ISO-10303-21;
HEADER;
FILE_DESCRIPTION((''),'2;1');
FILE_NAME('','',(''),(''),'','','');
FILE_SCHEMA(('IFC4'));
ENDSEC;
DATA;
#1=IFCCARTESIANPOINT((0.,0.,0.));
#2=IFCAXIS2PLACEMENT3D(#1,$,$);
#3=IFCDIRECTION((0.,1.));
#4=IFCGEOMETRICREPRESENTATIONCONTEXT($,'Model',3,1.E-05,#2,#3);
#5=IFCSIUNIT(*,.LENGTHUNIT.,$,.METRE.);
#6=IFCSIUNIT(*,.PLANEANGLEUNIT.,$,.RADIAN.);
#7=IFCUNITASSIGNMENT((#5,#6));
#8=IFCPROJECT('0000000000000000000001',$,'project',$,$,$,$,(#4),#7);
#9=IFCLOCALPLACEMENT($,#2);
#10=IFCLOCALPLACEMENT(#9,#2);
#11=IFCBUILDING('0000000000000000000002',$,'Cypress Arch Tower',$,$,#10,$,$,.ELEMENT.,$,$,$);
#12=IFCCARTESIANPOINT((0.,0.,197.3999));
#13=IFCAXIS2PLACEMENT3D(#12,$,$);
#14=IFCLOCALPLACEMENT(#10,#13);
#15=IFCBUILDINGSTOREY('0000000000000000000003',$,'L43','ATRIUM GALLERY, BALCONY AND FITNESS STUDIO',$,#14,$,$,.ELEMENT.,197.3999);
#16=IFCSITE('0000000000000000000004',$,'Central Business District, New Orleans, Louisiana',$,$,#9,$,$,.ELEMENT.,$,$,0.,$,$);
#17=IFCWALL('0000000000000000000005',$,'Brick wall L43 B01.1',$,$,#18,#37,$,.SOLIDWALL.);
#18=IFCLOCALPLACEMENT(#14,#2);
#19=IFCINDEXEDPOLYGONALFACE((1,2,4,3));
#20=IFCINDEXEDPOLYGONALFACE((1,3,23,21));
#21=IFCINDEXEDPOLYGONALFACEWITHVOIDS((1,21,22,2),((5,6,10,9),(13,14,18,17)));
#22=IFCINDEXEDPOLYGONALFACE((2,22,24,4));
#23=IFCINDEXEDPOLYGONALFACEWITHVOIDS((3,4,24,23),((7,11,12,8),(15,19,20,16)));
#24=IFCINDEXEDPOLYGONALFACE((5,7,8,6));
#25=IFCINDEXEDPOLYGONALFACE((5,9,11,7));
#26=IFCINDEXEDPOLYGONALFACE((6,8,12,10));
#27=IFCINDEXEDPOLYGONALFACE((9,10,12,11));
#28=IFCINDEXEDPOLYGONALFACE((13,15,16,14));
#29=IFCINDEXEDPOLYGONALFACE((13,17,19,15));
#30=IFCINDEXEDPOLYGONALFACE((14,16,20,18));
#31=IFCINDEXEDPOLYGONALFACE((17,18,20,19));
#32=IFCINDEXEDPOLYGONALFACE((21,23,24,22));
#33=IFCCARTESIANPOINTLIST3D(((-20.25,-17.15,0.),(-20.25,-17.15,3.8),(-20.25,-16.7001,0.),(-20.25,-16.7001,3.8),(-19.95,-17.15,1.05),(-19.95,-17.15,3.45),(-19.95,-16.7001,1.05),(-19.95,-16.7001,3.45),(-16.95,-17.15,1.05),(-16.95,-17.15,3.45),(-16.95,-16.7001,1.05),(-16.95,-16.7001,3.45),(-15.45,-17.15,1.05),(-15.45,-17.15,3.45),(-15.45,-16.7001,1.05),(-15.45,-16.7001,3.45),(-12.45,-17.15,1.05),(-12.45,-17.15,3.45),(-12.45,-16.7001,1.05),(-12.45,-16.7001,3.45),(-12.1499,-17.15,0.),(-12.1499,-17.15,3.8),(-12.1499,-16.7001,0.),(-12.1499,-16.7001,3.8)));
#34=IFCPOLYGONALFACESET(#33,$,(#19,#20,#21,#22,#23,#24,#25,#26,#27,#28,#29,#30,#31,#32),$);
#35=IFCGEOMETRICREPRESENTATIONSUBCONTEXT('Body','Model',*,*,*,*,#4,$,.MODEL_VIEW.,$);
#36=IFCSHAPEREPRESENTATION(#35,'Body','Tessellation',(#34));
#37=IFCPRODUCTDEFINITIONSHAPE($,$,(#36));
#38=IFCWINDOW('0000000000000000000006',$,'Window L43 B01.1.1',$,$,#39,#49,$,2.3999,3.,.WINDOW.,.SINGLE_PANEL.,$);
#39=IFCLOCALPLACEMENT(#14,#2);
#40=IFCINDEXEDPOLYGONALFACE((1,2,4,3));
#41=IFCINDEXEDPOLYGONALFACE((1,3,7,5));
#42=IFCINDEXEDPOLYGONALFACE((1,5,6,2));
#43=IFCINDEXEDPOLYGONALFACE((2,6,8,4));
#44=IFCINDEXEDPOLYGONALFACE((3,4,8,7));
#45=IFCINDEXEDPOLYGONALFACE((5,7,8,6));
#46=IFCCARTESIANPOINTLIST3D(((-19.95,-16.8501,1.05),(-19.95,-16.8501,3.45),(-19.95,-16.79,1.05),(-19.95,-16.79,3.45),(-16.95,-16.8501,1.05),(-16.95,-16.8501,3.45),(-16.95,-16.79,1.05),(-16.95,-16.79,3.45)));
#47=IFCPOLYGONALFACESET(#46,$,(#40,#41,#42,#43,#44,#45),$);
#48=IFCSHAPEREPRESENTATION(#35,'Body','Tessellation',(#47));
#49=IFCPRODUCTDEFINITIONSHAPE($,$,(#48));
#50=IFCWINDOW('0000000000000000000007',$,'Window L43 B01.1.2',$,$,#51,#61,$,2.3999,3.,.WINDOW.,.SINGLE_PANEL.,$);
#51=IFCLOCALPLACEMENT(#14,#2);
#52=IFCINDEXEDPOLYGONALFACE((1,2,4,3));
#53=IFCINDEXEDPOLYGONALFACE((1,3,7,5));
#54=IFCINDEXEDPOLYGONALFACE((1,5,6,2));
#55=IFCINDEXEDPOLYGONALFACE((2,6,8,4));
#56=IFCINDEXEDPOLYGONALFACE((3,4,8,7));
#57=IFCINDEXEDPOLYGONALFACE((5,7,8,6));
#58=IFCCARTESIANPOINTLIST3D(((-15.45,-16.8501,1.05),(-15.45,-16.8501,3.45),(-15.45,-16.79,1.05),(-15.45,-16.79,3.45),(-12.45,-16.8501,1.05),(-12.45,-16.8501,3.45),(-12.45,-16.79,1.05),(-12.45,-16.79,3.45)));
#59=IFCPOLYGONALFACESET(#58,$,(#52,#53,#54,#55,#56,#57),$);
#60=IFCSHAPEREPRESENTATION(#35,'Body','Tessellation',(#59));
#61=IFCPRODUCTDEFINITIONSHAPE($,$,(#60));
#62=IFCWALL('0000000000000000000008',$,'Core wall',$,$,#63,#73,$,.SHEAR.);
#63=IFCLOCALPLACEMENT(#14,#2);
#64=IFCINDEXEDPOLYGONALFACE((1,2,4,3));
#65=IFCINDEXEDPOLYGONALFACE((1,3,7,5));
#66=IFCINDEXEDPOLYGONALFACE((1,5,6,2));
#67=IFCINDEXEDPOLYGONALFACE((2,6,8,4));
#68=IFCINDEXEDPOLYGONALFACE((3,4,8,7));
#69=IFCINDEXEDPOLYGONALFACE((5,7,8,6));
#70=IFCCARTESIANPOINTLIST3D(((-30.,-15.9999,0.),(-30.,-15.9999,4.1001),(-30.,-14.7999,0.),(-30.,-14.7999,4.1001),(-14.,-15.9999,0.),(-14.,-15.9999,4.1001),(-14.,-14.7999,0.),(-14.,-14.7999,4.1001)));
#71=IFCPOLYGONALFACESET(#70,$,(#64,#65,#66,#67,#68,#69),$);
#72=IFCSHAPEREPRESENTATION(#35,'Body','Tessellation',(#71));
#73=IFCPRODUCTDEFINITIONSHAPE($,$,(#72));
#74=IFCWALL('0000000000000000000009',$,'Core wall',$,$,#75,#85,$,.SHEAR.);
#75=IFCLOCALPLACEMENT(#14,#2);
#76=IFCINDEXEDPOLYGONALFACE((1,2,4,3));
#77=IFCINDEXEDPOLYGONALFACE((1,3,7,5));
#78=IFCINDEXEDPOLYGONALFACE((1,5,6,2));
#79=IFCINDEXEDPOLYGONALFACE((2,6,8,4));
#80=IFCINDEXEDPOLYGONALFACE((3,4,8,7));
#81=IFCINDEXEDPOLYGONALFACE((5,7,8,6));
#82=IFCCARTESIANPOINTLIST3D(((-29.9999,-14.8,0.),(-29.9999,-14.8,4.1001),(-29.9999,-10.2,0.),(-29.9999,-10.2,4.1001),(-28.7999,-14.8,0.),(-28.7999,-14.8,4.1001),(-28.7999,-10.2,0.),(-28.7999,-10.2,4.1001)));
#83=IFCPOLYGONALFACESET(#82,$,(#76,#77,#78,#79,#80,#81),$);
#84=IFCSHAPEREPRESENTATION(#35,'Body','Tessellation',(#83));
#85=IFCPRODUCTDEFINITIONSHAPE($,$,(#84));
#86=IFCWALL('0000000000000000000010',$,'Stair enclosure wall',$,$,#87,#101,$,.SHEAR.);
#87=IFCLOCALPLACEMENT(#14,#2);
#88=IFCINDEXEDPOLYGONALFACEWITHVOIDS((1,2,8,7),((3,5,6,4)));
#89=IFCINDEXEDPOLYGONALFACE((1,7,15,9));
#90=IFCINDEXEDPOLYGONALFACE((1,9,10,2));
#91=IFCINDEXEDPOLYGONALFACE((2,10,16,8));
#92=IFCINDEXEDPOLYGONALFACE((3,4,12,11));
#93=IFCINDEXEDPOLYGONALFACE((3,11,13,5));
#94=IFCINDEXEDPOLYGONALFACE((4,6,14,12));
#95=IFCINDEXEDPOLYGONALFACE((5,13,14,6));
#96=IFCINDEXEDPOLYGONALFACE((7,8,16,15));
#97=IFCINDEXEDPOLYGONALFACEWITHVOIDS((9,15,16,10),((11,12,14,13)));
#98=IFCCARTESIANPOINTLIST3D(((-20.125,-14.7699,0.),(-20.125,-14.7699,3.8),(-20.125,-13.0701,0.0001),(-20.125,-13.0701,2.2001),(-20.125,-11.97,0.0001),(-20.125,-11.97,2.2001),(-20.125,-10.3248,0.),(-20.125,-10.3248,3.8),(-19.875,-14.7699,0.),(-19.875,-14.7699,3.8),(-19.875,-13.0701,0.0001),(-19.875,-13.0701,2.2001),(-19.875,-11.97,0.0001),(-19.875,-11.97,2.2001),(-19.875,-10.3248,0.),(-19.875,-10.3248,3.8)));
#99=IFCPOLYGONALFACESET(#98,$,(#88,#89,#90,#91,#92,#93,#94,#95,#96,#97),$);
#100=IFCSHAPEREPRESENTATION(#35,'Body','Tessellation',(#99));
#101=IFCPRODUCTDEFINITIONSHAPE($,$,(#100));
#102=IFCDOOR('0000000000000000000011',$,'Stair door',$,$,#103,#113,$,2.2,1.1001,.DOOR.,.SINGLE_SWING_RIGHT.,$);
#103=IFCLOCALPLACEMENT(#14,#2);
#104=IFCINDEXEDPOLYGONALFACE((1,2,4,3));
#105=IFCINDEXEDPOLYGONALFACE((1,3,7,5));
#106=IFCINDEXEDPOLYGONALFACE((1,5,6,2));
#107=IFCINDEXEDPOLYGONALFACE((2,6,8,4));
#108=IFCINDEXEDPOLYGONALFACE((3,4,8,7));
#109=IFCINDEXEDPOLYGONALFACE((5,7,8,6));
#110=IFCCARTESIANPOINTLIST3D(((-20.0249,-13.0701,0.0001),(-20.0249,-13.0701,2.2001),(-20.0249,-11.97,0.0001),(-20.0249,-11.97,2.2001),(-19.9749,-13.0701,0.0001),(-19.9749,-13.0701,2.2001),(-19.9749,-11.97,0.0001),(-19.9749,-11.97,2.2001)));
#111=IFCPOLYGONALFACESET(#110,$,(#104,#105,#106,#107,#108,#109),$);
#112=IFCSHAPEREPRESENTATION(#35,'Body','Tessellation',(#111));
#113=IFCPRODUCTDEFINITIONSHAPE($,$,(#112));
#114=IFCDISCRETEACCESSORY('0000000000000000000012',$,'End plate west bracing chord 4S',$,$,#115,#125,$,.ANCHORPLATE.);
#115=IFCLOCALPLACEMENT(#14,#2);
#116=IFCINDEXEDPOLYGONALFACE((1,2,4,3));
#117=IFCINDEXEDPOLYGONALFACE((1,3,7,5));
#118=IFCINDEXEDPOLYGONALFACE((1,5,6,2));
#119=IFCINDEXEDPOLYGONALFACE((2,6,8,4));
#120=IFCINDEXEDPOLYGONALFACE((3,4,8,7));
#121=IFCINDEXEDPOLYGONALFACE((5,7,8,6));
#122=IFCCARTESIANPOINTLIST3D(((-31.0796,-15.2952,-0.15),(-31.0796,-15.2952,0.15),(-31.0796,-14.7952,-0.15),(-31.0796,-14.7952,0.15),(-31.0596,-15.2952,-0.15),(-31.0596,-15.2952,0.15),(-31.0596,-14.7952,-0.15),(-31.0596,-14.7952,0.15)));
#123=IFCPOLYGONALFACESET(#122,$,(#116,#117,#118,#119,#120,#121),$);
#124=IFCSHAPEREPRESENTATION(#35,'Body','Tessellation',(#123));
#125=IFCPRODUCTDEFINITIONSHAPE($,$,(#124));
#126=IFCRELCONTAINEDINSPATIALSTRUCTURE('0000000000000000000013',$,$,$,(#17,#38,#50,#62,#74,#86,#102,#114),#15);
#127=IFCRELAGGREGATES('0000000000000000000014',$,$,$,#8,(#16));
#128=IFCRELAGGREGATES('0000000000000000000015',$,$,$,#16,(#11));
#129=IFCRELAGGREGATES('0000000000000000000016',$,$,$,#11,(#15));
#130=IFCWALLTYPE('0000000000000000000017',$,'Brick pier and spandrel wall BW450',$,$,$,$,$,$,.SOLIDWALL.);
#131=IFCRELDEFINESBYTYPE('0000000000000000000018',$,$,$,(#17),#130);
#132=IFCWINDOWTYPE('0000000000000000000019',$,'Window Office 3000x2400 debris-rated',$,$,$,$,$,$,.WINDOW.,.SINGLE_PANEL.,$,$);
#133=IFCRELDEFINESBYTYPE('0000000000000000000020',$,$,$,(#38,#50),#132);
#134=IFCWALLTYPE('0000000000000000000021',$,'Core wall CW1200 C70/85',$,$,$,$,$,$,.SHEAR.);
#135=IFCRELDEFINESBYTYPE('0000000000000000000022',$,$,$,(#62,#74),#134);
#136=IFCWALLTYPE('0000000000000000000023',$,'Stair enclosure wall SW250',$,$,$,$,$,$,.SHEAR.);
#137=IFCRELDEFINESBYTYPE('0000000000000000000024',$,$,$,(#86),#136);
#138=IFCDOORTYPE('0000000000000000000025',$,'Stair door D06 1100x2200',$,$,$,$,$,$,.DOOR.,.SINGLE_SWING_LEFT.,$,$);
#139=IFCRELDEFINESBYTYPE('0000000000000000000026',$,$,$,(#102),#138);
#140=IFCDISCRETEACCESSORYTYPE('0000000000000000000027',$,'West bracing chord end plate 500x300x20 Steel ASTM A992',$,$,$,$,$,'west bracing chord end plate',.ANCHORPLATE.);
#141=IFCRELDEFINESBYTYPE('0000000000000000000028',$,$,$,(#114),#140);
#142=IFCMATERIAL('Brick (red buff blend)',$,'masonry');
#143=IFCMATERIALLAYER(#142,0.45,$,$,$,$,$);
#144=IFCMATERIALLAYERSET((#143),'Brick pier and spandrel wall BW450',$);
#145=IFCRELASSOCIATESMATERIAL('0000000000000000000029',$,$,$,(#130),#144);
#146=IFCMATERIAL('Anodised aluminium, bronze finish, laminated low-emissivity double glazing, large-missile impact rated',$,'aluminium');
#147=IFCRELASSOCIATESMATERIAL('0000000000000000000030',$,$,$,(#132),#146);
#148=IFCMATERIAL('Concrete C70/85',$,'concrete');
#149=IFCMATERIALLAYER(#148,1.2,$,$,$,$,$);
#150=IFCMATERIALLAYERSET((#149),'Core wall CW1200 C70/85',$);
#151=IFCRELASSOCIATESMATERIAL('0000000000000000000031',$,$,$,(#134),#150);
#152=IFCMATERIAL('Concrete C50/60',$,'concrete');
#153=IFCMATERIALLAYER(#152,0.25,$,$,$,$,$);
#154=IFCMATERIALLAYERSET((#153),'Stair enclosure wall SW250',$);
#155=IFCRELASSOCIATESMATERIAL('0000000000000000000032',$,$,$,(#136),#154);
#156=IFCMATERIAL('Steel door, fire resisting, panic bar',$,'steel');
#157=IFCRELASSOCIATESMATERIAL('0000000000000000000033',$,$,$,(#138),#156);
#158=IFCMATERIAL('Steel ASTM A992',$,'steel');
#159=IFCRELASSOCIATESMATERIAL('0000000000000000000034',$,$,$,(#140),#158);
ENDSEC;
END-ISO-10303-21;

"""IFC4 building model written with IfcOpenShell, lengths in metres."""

from ifc_helpers import new_model, si_unit, direction, frame, frame_2d, origin, origin_2d, place, context, subcontext, project, spatial, rectangle, extrude, material, layer, layer_set, material_profile, profile_set, type_object, element, fill, save


model = new_model("IFC4")

# Units and contexts
model_context = context("Model", 3, precision=1e-05, world=origin(), true_north=direction((0.0, 1.0)))
body_context = subcontext(model_context, "Body", "Model", "MODEL_VIEW")
ifc_project = project(units=[si_unit("LENGTHUNIT", "METRE"), si_unit("PLANEANGLEUNIT", "RADIAN")], contexts=[model_context])

# Site, building, storey
site_placement = place(None, origin())
site = spatial("IfcSite", under=ifc_project, at=site_placement, Name="Central Business District, New Orleans, Louisiana", CompositionType="ELEMENT", RefElevation=0.0)
building_placement = place(site_placement, origin())
building = spatial("IfcBuilding", under=site, at=building_placement, Name="Cypress Arch Tower", CompositionType="ELEMENT")
storey_placement = place(building_placement, frame((0.0, 0.0, 197.3999)))
storey = spatial("IfcBuildingStorey", under=building, at=storey_placement, Name="L43", Description="ATRIUM GALLERY, BALCONY AND FITNESS STUDIO", CompositionType="ELEMENT", Elevation=197.3999)

# Shared definitions
ifc_material_1 = material(Name="Brick (red buff blend)", Category="masonry")
ifc_layer_1 = layer(ifc_material_1, 0.45)
ifc_layer_set_1 = layer_set([ifc_layer_1], Name="Brick pier and spandrel wall BW450")
wall_type_1 = type_object("IfcWallType", Name="Brick pier and spandrel wall BW450", PredefinedType="SOLIDWALL", material=ifc_layer_set_1)
ifc_material_2 = material(Name="Anodised aluminium, bronze finish, laminated low-emissivity double glazing, large-missile impact rated", Category="aluminium")
window_type = type_object("IfcWindowType", Name="Window Office 3000x2400 debris-rated", PartitioningType="SINGLE_PANEL", PredefinedType="WINDOW", material=ifc_material_2)

# Wall, openings, windows
wall_1_placement = place(storey_placement, frame((-20.25, -16.925, 0.0), z_axis=(0.0, 0.0, 1.0), x_axis=(1.0, 0.0, 0.0)))
wall_1 = element("IfcWall", 1, at=wall_1_placement, inside=storey, type_object=wall_type_1, Name="Brick wall L43 B01.1", PredefinedType="SOLIDWALL", context=body_context, shape_type="SweptSolid", body=[
    extrude(rectangle(XDim=8.1001, YDim=0.45, at=frame_2d((4.05, 0.0))), origin(), (0.0, 0.0, 1.0), 3.8),
])
opening_1_placement = place(wall_1_placement, frame((0.3, 0.0, 1.05)))
opening_1 = element("IfcOpeningElement", 2, at=opening_1_placement, cuts=wall_1, PredefinedType="OPENING", context=body_context, shape_type="SweptSolid", body=[
    extrude(rectangle(XDim=3.0, YDim=2.3999, at=frame_2d((1.5, 1.2))), frame((0.0, 0.2349, 0.0), z_axis=(0.0, -1.0, 0.0), x_axis=(1.0, 0.0, 0.0)), (0.0, 0.0, 1.0), 0.47),
])
opening_2_placement = place(wall_1_placement, frame((4.8, 0.0, 1.05)))
opening_2 = element("IfcOpeningElement", 3, at=opening_2_placement, cuts=wall_1, PredefinedType="OPENING", context=body_context, shape_type="SweptSolid", body=[
    extrude(rectangle(XDim=3.0, YDim=2.3999, at=frame_2d((1.5, 1.2))), frame((0.0, 0.2349, 0.0), z_axis=(0.0, -1.0, 0.0), x_axis=(1.0, 0.0, 0.0)), (0.0, 0.0, 1.0), 0.47),
])
window_1_placement = place(opening_1_placement, origin())
window_1 = element("IfcWindow", 4, at=window_1_placement, inside=storey, type_object=window_type, Name="Window L43 B01.1.1", OverallHeight=2.3999, OverallWidth=3.0, PartitioningType="SINGLE_PANEL", PredefinedType="WINDOW", context=body_context, shape_type="SweptSolid", body=[
    extrude(rectangle(XDim=3.0, YDim=2.3999, at=frame_2d((1.5, 1.2))), frame((0.0, 0.135, 0.0), z_axis=(0.0, -1.0, 0.0), x_axis=(1.0, 0.0, 0.0)), (0.0, 0.0, 1.0), 0.0601),
])
fill(opening_1, window_1)
window_2_placement = place(opening_2_placement, origin())
window_2 = element("IfcWindow", 5, at=window_2_placement, inside=storey, type_object=window_type, Name="Window L43 B01.1.2", OverallHeight=2.3999, OverallWidth=3.0, PartitioningType="SINGLE_PANEL", PredefinedType="WINDOW", context=body_context, shape_type="SweptSolid", body=[
    extrude(rectangle(XDim=3.0, YDim=2.3999, at=frame_2d((1.5, 1.2))), frame((0.0, 0.135, 0.0), z_axis=(0.0, -1.0, 0.0), x_axis=(1.0, 0.0, 0.0)), (0.0, 0.0, 1.0), 0.0601),
])
fill(opening_2, window_2)

# Walls
ifc_material_3 = material(Name="Concrete C70/85", Category="concrete")
ifc_layer_2 = layer(ifc_material_3, 1.2)
ifc_layer_set_2 = layer_set([ifc_layer_2], Name="Core wall CW1200 C70/85")
wall_type_2 = type_object("IfcWallType", Name="Core wall CW1200 C70/85", PredefinedType="SHEAR", material=ifc_layer_set_2)
wall_2_placement = place(storey_placement, frame((-30.0, -15.3999, 0.0), z_axis=(0.0, 0.0, 1.0), x_axis=(1.0, 0.0, 0.0)))
element("IfcWall", 6, at=wall_2_placement, inside=storey, type_object=wall_type_2, Name="Core wall", PredefinedType="SHEAR", context=body_context, shape_type="SweptSolid", body=[
    extrude(rectangle(XDim=16.0, YDim=1.2, at=frame_2d((8.0, 0.0))), origin(), (0.0, 0.0, 1.0), 4.1001),
])
wall_3_placement = place(storey_placement, frame((-29.3999, -14.8, 0.0), z_axis=(0.0, 0.0, 1.0), x_axis=(0.0, 1.0, 0.0)))
element("IfcWall", 7, at=wall_3_placement, inside=storey, type_object=wall_type_2, Name="Core wall", PredefinedType="SHEAR", context=body_context, shape_type="SweptSolid", body=[
    extrude(rectangle(XDim=4.6001, YDim=1.2, at=frame_2d((2.3, 0.0))), origin(), (0.0, 0.0, 1.0), 4.1001),
])

# Wall, opening, door
ifc_material_4 = material(Name="Concrete C50/60", Category="concrete")
ifc_layer_3 = layer(ifc_material_4, 0.25)
ifc_layer_set_3 = layer_set([ifc_layer_3], Name="Stair enclosure wall SW250")
wall_type_3 = type_object("IfcWallType", Name="Stair enclosure wall SW250", PredefinedType="SHEAR", material=ifc_layer_set_3)
wall_4_placement = place(storey_placement, frame((-20.0, -14.77, 0.0), z_axis=(0.0, 0.0, 1.0), x_axis=(0.0, 1.0, 0.0)))
wall_4 = element("IfcWall", 8, at=wall_4_placement, inside=storey, type_object=wall_type_3, Name="Stair enclosure wall", PredefinedType="SHEAR", context=body_context, shape_type="SweptSolid", body=[
    extrude(rectangle(XDim=4.4451, YDim=0.25, at=frame_2d((2.2227, 0.0))), origin(), (0.0, 0.0, 1.0), 3.8),
])
opening_3_placement = place(wall_4_placement, frame((1.7, 0.0, 0.0)))
opening_3 = element("IfcOpeningElement", 9, at=opening_3_placement, cuts=wall_4, PredefinedType="OPENING", context=body_context, shape_type="SweptSolid", body=[
    extrude(rectangle(XDim=1.1001, YDim=2.2, at=frame_2d((0.55, 1.1001))), frame((0.0, 0.135, 0.0), z_axis=(0.0, -1.0, 0.0), x_axis=(1.0, 0.0, 0.0)), (0.0, 0.0, 1.0), 0.27),
])
ifc_material_5 = material(Name="Steel door, fire resisting, panic bar", Category="steel")
door_type_1 = type_object("IfcDoorType", Name="Stair door D06 1100x2200", OperationType="SINGLE_SWING_LEFT", PredefinedType="DOOR", material=ifc_material_5)
door_1_placement = place(opening_3_placement, origin())
door_1 = element("IfcDoor", 10, at=door_1_placement, inside=storey, type_object=door_type_1, Name="Stair door", OperationType="SINGLE_SWING_RIGHT", OverallHeight=2.2, OverallWidth=1.1001, PredefinedType="DOOR", context=body_context, shape_type="SweptSolid", body=[
    extrude(rectangle(XDim=1.1001, YDim=2.2, at=frame_2d((0.55, 1.1001))), frame((0.0, 0.0249, 0.0), z_axis=(0.0, -1.0, 0.0), x_axis=(1.0, 0.0, 0.0)), (0.0, 0.0, 1.0), 0.05),
])
fill(opening_3, door_1)

# Discrete accessory
ifc_material_6 = material(Name="Steel ASTM A992", Category="steel")
ifc_material_profile_1 = material_profile(ifc_material_6, rectangle(XDim=0.5, YDim=0.3, at=origin_2d()), Name="PL 20 500x300")
ifc_profile_set_1 = profile_set([ifc_material_profile_1], Name="Steel ASTM A992")
discrete_accessory_type = type_object("IfcDiscreteAccessoryType", Name="West bracing chord end plate 500x300x20 Steel ASTM A992", ElementType="west bracing chord end plate", PredefinedType="ANCHORPLATE", material=ifc_profile_set_1)
discrete_accessory_placement = place(storey_placement, frame((-31.0596, -15.0452, 0.0), z_axis=(-1.0, 0.0, 0.0), x_axis=(0.0, -1.0, 0.0)))
element("IfcDiscreteAccessory", 11, at=discrete_accessory_placement, inside=storey, type_object=discrete_accessory_type, Name="End plate west bracing chord 4S", PredefinedType="ANCHORPLATE", context=body_context, shape_type="SweptSolid", body=[
    extrude(rectangle(XDim=0.5, YDim=0.3, at=origin_2d()), origin(), (0.0, 0.0, 1.0), 0.02),
])

save(model, "model.ifc")
